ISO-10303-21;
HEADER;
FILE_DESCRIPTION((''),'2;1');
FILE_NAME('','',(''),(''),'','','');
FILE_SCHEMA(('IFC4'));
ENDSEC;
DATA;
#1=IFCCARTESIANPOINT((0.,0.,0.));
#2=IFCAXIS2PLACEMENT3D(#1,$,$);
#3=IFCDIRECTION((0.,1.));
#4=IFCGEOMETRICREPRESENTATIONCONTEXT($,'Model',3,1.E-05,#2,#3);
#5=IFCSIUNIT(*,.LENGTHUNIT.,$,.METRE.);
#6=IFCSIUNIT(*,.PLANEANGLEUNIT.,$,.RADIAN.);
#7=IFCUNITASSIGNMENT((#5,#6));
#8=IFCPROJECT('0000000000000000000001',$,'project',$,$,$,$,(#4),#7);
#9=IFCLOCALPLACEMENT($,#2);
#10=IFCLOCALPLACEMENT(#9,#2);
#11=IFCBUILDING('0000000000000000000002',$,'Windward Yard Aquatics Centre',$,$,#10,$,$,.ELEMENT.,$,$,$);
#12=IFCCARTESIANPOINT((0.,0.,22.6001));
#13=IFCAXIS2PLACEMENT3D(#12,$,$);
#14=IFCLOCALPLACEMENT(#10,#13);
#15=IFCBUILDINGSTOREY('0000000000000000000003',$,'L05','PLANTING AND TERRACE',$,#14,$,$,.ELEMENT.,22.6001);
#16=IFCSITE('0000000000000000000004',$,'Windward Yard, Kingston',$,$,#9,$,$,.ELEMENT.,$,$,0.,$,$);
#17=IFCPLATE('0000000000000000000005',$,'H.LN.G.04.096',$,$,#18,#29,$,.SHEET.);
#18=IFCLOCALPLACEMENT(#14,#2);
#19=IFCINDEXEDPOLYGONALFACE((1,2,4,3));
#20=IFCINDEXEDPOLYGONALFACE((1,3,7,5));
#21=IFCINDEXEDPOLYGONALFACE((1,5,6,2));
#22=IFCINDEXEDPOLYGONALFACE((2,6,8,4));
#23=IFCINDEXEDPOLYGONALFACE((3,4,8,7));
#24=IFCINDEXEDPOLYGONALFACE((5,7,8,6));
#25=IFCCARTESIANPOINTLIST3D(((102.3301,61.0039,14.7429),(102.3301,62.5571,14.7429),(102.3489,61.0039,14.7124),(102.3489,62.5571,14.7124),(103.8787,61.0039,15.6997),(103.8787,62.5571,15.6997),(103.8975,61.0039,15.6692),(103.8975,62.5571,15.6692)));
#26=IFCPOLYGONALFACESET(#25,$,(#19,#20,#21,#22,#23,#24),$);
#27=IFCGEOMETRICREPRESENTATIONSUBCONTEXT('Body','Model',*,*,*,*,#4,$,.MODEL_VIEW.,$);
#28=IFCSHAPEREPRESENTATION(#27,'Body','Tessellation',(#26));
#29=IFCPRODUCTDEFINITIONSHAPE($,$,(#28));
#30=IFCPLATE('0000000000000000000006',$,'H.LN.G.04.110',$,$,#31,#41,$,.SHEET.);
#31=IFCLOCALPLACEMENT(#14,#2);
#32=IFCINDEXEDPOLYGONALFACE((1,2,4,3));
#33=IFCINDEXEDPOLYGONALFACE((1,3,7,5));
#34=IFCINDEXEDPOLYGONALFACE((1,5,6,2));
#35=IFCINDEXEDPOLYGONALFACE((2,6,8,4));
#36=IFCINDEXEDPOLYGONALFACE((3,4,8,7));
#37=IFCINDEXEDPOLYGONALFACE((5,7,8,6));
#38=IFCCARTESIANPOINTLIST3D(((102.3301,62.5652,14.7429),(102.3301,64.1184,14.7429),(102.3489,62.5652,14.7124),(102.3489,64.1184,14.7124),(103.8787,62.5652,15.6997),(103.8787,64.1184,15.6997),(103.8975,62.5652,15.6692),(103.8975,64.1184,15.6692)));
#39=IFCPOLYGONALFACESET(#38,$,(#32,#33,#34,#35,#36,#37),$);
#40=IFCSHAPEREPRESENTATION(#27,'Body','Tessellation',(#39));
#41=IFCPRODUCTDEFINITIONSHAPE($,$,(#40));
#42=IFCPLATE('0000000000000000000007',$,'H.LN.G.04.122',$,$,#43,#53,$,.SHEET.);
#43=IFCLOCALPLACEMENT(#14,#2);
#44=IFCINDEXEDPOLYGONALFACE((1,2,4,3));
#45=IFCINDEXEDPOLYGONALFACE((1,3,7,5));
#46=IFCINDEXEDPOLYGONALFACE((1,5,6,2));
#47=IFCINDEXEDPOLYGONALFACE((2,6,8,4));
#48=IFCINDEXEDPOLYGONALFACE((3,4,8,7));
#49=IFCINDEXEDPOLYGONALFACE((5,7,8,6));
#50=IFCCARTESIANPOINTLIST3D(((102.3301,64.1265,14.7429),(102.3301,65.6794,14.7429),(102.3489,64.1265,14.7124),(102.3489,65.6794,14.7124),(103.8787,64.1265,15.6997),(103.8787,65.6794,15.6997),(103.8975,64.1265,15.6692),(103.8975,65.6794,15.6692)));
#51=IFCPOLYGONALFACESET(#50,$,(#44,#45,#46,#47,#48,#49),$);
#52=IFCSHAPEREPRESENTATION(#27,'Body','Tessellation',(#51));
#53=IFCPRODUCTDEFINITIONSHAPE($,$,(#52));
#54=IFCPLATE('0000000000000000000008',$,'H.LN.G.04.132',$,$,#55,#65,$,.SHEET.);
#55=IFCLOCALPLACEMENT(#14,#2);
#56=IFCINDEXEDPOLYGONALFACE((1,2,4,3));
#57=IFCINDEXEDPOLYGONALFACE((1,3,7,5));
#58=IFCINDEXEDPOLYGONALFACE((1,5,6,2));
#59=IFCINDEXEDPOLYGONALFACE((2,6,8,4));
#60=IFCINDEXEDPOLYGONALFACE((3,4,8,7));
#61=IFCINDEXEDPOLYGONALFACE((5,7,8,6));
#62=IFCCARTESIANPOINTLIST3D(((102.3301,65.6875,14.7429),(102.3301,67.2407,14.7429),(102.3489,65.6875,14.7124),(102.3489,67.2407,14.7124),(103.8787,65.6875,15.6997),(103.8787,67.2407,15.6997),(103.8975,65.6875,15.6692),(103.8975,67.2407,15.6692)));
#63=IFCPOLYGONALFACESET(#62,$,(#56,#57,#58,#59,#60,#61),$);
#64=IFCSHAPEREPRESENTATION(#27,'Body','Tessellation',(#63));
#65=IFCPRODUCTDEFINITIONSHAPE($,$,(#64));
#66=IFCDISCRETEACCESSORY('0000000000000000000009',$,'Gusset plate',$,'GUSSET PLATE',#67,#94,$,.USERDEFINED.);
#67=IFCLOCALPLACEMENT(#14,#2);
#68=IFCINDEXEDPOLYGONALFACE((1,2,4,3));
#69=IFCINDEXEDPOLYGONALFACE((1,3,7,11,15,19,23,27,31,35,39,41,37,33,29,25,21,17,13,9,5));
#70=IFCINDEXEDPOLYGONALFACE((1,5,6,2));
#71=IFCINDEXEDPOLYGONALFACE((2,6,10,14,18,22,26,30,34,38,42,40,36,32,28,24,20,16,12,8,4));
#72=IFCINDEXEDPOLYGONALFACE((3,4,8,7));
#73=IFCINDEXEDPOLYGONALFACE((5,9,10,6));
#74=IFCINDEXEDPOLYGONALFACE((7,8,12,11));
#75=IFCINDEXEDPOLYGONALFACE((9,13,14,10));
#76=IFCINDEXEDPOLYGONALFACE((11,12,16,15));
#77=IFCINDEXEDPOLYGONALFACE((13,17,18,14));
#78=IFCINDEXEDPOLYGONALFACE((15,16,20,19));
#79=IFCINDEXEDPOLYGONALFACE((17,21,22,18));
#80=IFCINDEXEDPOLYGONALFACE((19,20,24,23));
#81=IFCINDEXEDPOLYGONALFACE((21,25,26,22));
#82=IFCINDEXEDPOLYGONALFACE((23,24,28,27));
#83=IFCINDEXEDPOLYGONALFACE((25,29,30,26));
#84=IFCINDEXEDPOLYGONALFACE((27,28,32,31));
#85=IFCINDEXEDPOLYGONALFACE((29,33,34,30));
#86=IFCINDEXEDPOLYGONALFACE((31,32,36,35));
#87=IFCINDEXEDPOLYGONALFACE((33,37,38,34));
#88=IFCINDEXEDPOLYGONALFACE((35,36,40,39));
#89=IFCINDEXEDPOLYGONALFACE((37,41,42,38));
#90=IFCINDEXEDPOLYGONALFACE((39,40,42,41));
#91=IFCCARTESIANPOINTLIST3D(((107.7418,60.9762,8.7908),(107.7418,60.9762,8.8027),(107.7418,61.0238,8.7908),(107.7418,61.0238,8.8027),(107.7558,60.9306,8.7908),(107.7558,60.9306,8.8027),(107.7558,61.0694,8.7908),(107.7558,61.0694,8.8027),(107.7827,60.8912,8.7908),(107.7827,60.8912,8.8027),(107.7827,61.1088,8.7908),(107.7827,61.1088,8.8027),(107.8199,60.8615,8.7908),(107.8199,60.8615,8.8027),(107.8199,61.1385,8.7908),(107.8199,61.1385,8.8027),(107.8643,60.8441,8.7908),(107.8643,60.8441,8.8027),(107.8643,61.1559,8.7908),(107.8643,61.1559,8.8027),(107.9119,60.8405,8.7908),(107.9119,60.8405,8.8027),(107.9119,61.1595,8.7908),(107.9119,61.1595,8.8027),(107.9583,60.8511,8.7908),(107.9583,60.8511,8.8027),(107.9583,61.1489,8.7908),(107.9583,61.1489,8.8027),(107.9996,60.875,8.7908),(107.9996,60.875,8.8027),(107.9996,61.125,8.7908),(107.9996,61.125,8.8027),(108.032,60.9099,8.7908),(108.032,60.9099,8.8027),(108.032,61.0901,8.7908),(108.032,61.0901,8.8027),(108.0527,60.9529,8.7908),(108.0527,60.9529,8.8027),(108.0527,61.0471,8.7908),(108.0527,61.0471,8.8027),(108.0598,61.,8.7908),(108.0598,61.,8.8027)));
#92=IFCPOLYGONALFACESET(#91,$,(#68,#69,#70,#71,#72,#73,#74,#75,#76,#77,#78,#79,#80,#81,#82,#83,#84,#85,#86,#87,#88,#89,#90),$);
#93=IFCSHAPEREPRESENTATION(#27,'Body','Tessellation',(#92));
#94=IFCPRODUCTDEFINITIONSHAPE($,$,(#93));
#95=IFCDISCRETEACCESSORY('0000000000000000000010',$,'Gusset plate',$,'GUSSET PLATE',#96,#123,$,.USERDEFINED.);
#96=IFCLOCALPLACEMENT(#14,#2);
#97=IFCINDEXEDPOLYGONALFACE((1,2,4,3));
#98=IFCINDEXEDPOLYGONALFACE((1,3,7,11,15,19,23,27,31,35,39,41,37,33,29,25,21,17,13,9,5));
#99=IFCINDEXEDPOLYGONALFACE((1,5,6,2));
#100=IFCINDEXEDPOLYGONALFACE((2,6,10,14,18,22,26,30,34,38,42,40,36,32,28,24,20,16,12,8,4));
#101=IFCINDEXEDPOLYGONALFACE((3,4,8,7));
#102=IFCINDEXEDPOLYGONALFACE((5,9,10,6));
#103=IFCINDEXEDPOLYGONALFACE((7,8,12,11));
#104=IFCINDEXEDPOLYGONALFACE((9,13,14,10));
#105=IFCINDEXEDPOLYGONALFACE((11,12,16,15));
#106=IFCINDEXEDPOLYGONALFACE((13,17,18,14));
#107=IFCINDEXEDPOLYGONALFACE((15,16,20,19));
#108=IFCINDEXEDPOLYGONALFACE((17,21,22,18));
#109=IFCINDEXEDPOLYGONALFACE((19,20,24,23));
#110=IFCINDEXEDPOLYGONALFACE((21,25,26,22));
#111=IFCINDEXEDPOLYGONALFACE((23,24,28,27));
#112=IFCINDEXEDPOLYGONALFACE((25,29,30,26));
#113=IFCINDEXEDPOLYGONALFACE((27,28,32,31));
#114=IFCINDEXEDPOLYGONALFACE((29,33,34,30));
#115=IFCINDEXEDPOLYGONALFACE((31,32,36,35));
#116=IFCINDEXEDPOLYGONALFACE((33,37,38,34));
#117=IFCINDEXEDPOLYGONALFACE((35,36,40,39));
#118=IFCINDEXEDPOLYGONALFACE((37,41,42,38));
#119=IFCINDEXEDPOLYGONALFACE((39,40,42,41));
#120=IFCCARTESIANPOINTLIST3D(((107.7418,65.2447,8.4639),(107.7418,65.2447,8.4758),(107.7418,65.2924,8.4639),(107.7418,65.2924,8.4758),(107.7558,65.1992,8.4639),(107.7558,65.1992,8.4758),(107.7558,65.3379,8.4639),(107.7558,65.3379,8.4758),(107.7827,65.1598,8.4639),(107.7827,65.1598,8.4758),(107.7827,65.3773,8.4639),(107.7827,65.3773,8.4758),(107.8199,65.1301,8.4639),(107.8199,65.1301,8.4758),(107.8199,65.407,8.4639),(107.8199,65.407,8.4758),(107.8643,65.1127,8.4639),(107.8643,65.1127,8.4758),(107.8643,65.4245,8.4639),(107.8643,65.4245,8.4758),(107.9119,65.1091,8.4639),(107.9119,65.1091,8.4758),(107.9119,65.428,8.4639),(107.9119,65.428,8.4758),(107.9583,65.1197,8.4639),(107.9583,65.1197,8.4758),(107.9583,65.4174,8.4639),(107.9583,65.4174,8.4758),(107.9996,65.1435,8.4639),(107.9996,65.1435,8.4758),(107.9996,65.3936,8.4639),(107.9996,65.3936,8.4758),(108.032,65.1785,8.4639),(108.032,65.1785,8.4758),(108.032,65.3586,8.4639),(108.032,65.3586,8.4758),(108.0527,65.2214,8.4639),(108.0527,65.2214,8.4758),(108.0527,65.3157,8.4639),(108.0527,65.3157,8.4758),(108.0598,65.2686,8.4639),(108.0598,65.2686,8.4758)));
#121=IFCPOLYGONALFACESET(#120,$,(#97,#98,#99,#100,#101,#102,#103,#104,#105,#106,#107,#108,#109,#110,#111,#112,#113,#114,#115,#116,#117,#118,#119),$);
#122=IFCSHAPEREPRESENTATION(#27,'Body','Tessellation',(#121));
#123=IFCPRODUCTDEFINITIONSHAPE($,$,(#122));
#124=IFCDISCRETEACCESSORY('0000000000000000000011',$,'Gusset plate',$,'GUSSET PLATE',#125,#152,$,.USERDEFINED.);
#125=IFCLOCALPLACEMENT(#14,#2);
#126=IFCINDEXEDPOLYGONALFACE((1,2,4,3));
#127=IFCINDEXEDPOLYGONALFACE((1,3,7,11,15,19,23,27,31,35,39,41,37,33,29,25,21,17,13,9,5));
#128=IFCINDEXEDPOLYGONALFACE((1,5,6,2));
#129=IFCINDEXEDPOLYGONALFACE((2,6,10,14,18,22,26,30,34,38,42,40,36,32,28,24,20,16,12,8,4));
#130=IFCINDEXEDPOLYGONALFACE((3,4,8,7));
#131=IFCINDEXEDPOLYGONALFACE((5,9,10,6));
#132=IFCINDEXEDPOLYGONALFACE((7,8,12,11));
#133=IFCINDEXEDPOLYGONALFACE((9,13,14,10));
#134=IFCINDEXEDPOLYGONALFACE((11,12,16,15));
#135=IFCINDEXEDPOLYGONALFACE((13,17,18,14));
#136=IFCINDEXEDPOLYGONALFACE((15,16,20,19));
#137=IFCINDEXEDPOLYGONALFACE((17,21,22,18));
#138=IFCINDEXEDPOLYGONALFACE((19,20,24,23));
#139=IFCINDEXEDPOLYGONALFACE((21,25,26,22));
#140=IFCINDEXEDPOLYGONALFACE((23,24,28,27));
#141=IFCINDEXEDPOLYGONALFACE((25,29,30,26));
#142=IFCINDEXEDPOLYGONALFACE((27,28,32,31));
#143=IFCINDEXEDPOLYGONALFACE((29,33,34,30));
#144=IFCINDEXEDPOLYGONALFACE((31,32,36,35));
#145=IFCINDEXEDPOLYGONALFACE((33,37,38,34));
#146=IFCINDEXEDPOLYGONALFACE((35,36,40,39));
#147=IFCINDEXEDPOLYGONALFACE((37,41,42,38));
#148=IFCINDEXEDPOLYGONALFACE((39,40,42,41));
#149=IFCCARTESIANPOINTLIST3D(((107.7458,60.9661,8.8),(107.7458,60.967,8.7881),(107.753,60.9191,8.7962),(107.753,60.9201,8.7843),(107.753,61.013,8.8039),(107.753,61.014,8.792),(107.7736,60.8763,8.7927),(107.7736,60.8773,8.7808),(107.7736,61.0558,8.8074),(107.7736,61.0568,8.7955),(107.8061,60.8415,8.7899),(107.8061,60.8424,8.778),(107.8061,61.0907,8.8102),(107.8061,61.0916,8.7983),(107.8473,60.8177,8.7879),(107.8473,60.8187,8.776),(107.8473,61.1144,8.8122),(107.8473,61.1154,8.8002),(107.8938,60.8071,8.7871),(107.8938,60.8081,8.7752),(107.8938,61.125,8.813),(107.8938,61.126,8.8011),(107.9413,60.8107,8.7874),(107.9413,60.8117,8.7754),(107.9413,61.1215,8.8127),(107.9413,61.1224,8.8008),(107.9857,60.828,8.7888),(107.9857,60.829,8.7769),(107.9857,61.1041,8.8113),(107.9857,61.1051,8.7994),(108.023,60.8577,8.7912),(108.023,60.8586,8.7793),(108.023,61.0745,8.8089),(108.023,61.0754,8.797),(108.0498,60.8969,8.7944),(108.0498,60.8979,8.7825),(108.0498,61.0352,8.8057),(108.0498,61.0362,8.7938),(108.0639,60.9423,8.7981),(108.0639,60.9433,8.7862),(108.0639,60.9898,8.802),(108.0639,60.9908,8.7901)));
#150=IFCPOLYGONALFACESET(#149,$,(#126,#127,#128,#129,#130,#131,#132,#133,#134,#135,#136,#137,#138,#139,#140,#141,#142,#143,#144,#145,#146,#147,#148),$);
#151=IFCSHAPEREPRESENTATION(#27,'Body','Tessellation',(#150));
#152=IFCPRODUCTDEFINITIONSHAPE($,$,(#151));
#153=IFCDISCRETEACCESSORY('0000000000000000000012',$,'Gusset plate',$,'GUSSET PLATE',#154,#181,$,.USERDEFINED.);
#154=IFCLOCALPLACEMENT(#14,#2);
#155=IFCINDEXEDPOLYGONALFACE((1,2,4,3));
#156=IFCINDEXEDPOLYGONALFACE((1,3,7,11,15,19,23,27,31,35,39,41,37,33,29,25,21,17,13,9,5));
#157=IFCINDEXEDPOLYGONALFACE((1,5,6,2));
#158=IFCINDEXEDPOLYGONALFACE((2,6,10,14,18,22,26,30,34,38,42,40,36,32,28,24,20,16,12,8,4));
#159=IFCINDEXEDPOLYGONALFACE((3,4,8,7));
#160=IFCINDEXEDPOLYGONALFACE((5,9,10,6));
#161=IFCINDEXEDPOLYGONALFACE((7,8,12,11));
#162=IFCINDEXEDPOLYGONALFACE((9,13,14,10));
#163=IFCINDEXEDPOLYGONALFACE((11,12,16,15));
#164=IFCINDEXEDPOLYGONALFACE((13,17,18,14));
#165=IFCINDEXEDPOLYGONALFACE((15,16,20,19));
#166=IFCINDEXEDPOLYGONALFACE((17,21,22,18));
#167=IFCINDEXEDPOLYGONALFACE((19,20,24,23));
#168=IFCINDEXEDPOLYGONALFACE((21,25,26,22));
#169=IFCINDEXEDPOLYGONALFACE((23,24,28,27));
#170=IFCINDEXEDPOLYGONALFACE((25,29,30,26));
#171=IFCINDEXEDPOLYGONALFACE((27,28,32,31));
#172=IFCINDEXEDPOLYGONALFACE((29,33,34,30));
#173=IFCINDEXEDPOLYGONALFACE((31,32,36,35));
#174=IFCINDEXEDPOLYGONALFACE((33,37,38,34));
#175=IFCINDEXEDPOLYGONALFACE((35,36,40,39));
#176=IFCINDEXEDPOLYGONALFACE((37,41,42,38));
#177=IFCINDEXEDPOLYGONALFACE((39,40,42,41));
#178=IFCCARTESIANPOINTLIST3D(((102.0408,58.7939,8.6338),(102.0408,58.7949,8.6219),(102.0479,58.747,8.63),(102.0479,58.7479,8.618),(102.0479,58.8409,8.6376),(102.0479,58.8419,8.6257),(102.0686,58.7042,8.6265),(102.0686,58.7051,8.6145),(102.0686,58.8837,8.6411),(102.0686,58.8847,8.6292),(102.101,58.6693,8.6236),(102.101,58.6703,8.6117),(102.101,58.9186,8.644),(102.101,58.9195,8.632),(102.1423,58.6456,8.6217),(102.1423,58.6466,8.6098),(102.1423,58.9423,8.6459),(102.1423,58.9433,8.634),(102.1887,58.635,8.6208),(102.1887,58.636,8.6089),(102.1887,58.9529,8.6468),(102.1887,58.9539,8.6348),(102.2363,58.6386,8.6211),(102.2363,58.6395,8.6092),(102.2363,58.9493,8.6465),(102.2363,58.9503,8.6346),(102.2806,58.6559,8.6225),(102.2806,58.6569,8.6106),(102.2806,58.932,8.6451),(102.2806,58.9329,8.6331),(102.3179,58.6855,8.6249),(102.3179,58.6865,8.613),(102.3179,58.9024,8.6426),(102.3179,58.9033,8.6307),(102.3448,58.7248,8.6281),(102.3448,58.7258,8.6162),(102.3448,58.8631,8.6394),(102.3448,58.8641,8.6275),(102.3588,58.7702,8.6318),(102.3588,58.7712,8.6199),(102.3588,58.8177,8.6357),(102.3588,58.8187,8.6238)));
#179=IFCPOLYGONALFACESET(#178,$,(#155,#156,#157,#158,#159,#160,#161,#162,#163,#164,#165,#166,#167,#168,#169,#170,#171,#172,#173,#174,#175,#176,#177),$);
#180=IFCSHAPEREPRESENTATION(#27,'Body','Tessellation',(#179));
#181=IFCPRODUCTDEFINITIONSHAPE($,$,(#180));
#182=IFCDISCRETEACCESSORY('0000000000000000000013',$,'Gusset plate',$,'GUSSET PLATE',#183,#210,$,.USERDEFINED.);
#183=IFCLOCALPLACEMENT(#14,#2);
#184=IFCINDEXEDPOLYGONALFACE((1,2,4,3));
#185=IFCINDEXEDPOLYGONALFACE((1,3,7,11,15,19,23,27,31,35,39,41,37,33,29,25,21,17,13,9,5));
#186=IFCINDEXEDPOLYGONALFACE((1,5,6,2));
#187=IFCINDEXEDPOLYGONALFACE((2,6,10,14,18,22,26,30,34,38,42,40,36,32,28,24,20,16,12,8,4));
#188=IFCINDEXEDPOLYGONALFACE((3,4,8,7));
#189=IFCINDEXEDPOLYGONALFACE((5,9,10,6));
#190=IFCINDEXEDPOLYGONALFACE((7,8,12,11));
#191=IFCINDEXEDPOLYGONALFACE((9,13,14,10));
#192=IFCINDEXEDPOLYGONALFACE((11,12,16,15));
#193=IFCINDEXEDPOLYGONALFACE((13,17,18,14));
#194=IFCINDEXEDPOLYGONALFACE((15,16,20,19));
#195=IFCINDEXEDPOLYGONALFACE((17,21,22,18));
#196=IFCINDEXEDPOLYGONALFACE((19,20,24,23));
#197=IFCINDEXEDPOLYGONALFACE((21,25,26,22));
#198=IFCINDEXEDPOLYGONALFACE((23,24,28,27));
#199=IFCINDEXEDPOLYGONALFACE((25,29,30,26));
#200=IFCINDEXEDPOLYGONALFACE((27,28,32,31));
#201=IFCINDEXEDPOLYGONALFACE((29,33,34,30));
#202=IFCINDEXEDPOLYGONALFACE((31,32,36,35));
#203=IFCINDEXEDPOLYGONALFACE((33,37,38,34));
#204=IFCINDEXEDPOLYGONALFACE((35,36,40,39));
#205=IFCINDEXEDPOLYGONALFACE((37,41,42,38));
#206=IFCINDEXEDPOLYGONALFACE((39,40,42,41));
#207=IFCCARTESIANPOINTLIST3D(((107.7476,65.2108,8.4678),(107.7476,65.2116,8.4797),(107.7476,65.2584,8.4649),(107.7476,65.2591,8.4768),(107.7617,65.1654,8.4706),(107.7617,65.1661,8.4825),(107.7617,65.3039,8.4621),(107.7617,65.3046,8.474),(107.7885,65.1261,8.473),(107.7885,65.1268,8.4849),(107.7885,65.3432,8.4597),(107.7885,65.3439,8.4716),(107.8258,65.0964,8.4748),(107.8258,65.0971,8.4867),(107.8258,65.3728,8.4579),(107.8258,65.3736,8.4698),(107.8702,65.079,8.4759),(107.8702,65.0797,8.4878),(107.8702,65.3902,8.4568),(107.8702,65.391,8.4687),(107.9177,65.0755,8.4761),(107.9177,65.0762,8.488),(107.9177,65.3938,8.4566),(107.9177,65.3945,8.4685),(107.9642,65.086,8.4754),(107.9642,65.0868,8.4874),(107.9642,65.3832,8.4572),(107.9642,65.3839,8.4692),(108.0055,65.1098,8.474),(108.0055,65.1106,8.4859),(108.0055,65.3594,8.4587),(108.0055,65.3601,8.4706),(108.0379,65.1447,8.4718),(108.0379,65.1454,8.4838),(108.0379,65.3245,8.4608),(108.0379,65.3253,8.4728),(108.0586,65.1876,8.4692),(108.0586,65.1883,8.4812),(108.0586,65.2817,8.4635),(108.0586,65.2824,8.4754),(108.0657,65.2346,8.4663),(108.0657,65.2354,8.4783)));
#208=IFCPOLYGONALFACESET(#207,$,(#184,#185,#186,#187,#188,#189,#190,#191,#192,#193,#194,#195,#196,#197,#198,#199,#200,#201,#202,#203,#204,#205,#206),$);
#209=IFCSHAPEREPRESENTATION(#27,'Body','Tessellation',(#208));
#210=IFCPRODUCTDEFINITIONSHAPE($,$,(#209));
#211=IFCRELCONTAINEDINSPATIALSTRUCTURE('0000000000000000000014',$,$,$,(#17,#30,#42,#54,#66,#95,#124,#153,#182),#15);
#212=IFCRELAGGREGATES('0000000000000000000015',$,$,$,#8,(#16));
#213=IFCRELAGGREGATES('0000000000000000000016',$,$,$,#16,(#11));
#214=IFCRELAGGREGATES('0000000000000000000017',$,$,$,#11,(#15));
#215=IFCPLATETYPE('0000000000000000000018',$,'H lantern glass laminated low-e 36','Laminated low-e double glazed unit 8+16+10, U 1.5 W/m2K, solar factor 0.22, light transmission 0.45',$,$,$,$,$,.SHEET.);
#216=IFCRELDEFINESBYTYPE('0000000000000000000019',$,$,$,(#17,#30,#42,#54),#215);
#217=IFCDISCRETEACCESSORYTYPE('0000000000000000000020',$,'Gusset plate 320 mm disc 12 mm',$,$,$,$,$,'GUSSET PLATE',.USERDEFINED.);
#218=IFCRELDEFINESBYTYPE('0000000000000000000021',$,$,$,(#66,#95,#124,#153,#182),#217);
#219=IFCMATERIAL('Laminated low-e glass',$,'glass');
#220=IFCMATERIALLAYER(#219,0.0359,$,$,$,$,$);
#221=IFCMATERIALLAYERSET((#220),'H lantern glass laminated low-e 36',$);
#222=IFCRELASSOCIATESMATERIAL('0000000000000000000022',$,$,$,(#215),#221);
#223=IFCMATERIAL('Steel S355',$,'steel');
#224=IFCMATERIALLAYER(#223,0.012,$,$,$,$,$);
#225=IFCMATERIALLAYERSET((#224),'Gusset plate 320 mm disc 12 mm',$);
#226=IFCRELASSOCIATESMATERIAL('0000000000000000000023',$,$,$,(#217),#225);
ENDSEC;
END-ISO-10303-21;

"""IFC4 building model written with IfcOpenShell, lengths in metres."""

from ifc_helpers import new_model, si_unit, direction, frame, origin, origin_2d, place, context, subcontext, project, spatial, polyline, circle, outline, extrude, material, layer, layer_set, type_object, element, save


model = new_model("IFC4")

# Units and contexts
model_context = context("Model", 3, precision=1e-05, world=origin(), true_north=direction((0.0, 1.0)))
body_context = subcontext(model_context, "Body", "Model", "MODEL_VIEW")
ifc_project = project(units=[si_unit("LENGTHUNIT", "METRE"), si_unit("PLANEANGLEUNIT", "RADIAN")], contexts=[model_context])

# Site, building, storey
site_placement = place(None, origin())
site = spatial("IfcSite", under=ifc_project, at=site_placement, Name="Windward Yard, Kingston", CompositionType="ELEMENT", RefElevation=0.0)
building_placement = place(site_placement, origin())
building = spatial("IfcBuilding", under=site, at=building_placement, Name="Windward Yard Aquatics Centre", CompositionType="ELEMENT")
storey_placement = place(building_placement, frame((0.0, 0.0, 22.6001)))
storey = spatial("IfcBuildingStorey", under=building, at=storey_placement, Name="L05", Description="PLANTING AND TERRACE", CompositionType="ELEMENT", Elevation=22.6001)

# Plates
ifc_material_1 = material(Name="Laminated low-e glass", Category="glass")
ifc_layer_1 = layer(ifc_material_1, 0.0359)
ifc_layer_set_1 = layer_set([ifc_layer_1], Name="H lantern glass laminated low-e 36")
plate_type = type_object("IfcPlateType", Name="H lantern glass laminated low-e 36", Description="Laminated low-e double glazed unit 8+16+10, U 1.5 W/m2K, solar factor 0.22, light transmission 0.45", PredefinedType="SHEET", material=ifc_layer_set_1)
for number, where, z_axis, x_axis, name in (
    (1, (102.3301, 61.0039, 14.7429), (-0.525616, 0.0, 0.850722), (0.0, 1.0, 0.0), "H.LN.G.04.096"),
    (2, (102.3301, 62.5652, 14.7429), (-0.525616, 0.0, 0.850722), (0.0, 1.0, 0.0), "H.LN.G.04.110"),
):
    element("IfcPlate", number, at=place(storey_placement, frame(where, z_axis=z_axis, x_axis=x_axis)), inside=storey, type_object=plate_type, Name=name, PredefinedType="SHEET", context=body_context, shape_type="SweptSolid", body=[
        extrude(outline(polyline([(0.0, 0.0), (1.5532, 0.0), (1.5532, -1.8203), (0.0, -1.8203), (0.0, 0.0)])), origin(), (0.0, 0.0, -1.0), 0.0359),
    ])
plate_1_placement = place(storey_placement, frame((102.3301, 64.1265, 14.7429), z_axis=(-0.525616, 0.0, 0.850722), x_axis=(0.0, 1.0, 0.0)))
element("IfcPlate", 3, at=plate_1_placement, inside=storey, type_object=plate_type, Name="H.LN.G.04.122", PredefinedType="SHEET", context=body_context, shape_type="SweptSolid", body=[
    extrude(outline(polyline([(0.0, 0.0), (1.553, 0.0), (1.553, -1.8203), (0.0, -1.8203), (0.0, 0.0)])), origin(), (0.0, 0.0, -1.0), 0.0359),
])
plate_2_placement = place(storey_placement, frame((102.3301, 65.6875, 14.7429), z_axis=(-0.525616, 0.0, 0.850722), x_axis=(0.0, 1.0, 0.0)))
element("IfcPlate", 4, at=plate_2_placement, inside=storey, type_object=plate_type, Name="H.LN.G.04.132", PredefinedType="SHEET", context=body_context, shape_type="SweptSolid", body=[
    extrude(outline(polyline([(0.0, 0.0), (1.5532, 0.0), (1.5532, -1.8203), (0.0, -1.8203), (0.0, 0.0)])), origin(), (0.0, 0.0, -1.0), 0.0359),
])

# Discrete accessories
ifc_material_2 = material(Name="Steel S355", Category="steel")
ifc_layer_2 = layer(ifc_material_2, 0.012)
ifc_layer_set_2 = layer_set([ifc_layer_2], Name="Gusset plate 320 mm disc 12 mm")
discrete_accessory_type = type_object("IfcDiscreteAccessoryType", Name="Gusset plate 320 mm disc 12 mm", ElementType="GUSSET PLATE", PredefinedType="USERDEFINED", material=ifc_layer_set_2)
for number, where, z_axis, x_axis, name in (
    (5, (107.8999, 61.0, 8.7908), (0.0, 0.0, 1.0), (1.0, 0.0, 0.0), "Gusset plate"),
    (6, (107.8999, 65.2686, 8.4639), (0.0, 0.0, 1.0), (1.0, 0.0, 0.0), "Gusset plate"),
    (7, (107.9058, 60.9661, 8.8), (0.0, 0.081362, -0.996685), (-1.0, 0.0, 0.0), "Gusset plate"),
    (8, (102.2007, 58.7939, 8.6338), (0.0, 0.081362, -0.996685), (-1.0, 0.0, 0.0), "Gusset plate"),
    (9, (107.9058, 65.2354, 8.4783), (0.0, -0.06111, -0.998131), (1.0, 0.0, 0.0), "Gusset plate"),
):
    element("IfcDiscreteAccessory", number, at=place(storey_placement, frame(where, z_axis=z_axis, x_axis=x_axis)), inside=storey, type_object=discrete_accessory_type, Name=name, ObjectType="GUSSET PLATE", PredefinedType="USERDEFINED", context=body_context, shape_type="SweptSolid", body=[
        extrude(circle(Radius=0.1599, at=origin_2d()), origin(), (0.0, 0.0, 1.0), 0.012),
    ])

save(model, "model.ifc")
